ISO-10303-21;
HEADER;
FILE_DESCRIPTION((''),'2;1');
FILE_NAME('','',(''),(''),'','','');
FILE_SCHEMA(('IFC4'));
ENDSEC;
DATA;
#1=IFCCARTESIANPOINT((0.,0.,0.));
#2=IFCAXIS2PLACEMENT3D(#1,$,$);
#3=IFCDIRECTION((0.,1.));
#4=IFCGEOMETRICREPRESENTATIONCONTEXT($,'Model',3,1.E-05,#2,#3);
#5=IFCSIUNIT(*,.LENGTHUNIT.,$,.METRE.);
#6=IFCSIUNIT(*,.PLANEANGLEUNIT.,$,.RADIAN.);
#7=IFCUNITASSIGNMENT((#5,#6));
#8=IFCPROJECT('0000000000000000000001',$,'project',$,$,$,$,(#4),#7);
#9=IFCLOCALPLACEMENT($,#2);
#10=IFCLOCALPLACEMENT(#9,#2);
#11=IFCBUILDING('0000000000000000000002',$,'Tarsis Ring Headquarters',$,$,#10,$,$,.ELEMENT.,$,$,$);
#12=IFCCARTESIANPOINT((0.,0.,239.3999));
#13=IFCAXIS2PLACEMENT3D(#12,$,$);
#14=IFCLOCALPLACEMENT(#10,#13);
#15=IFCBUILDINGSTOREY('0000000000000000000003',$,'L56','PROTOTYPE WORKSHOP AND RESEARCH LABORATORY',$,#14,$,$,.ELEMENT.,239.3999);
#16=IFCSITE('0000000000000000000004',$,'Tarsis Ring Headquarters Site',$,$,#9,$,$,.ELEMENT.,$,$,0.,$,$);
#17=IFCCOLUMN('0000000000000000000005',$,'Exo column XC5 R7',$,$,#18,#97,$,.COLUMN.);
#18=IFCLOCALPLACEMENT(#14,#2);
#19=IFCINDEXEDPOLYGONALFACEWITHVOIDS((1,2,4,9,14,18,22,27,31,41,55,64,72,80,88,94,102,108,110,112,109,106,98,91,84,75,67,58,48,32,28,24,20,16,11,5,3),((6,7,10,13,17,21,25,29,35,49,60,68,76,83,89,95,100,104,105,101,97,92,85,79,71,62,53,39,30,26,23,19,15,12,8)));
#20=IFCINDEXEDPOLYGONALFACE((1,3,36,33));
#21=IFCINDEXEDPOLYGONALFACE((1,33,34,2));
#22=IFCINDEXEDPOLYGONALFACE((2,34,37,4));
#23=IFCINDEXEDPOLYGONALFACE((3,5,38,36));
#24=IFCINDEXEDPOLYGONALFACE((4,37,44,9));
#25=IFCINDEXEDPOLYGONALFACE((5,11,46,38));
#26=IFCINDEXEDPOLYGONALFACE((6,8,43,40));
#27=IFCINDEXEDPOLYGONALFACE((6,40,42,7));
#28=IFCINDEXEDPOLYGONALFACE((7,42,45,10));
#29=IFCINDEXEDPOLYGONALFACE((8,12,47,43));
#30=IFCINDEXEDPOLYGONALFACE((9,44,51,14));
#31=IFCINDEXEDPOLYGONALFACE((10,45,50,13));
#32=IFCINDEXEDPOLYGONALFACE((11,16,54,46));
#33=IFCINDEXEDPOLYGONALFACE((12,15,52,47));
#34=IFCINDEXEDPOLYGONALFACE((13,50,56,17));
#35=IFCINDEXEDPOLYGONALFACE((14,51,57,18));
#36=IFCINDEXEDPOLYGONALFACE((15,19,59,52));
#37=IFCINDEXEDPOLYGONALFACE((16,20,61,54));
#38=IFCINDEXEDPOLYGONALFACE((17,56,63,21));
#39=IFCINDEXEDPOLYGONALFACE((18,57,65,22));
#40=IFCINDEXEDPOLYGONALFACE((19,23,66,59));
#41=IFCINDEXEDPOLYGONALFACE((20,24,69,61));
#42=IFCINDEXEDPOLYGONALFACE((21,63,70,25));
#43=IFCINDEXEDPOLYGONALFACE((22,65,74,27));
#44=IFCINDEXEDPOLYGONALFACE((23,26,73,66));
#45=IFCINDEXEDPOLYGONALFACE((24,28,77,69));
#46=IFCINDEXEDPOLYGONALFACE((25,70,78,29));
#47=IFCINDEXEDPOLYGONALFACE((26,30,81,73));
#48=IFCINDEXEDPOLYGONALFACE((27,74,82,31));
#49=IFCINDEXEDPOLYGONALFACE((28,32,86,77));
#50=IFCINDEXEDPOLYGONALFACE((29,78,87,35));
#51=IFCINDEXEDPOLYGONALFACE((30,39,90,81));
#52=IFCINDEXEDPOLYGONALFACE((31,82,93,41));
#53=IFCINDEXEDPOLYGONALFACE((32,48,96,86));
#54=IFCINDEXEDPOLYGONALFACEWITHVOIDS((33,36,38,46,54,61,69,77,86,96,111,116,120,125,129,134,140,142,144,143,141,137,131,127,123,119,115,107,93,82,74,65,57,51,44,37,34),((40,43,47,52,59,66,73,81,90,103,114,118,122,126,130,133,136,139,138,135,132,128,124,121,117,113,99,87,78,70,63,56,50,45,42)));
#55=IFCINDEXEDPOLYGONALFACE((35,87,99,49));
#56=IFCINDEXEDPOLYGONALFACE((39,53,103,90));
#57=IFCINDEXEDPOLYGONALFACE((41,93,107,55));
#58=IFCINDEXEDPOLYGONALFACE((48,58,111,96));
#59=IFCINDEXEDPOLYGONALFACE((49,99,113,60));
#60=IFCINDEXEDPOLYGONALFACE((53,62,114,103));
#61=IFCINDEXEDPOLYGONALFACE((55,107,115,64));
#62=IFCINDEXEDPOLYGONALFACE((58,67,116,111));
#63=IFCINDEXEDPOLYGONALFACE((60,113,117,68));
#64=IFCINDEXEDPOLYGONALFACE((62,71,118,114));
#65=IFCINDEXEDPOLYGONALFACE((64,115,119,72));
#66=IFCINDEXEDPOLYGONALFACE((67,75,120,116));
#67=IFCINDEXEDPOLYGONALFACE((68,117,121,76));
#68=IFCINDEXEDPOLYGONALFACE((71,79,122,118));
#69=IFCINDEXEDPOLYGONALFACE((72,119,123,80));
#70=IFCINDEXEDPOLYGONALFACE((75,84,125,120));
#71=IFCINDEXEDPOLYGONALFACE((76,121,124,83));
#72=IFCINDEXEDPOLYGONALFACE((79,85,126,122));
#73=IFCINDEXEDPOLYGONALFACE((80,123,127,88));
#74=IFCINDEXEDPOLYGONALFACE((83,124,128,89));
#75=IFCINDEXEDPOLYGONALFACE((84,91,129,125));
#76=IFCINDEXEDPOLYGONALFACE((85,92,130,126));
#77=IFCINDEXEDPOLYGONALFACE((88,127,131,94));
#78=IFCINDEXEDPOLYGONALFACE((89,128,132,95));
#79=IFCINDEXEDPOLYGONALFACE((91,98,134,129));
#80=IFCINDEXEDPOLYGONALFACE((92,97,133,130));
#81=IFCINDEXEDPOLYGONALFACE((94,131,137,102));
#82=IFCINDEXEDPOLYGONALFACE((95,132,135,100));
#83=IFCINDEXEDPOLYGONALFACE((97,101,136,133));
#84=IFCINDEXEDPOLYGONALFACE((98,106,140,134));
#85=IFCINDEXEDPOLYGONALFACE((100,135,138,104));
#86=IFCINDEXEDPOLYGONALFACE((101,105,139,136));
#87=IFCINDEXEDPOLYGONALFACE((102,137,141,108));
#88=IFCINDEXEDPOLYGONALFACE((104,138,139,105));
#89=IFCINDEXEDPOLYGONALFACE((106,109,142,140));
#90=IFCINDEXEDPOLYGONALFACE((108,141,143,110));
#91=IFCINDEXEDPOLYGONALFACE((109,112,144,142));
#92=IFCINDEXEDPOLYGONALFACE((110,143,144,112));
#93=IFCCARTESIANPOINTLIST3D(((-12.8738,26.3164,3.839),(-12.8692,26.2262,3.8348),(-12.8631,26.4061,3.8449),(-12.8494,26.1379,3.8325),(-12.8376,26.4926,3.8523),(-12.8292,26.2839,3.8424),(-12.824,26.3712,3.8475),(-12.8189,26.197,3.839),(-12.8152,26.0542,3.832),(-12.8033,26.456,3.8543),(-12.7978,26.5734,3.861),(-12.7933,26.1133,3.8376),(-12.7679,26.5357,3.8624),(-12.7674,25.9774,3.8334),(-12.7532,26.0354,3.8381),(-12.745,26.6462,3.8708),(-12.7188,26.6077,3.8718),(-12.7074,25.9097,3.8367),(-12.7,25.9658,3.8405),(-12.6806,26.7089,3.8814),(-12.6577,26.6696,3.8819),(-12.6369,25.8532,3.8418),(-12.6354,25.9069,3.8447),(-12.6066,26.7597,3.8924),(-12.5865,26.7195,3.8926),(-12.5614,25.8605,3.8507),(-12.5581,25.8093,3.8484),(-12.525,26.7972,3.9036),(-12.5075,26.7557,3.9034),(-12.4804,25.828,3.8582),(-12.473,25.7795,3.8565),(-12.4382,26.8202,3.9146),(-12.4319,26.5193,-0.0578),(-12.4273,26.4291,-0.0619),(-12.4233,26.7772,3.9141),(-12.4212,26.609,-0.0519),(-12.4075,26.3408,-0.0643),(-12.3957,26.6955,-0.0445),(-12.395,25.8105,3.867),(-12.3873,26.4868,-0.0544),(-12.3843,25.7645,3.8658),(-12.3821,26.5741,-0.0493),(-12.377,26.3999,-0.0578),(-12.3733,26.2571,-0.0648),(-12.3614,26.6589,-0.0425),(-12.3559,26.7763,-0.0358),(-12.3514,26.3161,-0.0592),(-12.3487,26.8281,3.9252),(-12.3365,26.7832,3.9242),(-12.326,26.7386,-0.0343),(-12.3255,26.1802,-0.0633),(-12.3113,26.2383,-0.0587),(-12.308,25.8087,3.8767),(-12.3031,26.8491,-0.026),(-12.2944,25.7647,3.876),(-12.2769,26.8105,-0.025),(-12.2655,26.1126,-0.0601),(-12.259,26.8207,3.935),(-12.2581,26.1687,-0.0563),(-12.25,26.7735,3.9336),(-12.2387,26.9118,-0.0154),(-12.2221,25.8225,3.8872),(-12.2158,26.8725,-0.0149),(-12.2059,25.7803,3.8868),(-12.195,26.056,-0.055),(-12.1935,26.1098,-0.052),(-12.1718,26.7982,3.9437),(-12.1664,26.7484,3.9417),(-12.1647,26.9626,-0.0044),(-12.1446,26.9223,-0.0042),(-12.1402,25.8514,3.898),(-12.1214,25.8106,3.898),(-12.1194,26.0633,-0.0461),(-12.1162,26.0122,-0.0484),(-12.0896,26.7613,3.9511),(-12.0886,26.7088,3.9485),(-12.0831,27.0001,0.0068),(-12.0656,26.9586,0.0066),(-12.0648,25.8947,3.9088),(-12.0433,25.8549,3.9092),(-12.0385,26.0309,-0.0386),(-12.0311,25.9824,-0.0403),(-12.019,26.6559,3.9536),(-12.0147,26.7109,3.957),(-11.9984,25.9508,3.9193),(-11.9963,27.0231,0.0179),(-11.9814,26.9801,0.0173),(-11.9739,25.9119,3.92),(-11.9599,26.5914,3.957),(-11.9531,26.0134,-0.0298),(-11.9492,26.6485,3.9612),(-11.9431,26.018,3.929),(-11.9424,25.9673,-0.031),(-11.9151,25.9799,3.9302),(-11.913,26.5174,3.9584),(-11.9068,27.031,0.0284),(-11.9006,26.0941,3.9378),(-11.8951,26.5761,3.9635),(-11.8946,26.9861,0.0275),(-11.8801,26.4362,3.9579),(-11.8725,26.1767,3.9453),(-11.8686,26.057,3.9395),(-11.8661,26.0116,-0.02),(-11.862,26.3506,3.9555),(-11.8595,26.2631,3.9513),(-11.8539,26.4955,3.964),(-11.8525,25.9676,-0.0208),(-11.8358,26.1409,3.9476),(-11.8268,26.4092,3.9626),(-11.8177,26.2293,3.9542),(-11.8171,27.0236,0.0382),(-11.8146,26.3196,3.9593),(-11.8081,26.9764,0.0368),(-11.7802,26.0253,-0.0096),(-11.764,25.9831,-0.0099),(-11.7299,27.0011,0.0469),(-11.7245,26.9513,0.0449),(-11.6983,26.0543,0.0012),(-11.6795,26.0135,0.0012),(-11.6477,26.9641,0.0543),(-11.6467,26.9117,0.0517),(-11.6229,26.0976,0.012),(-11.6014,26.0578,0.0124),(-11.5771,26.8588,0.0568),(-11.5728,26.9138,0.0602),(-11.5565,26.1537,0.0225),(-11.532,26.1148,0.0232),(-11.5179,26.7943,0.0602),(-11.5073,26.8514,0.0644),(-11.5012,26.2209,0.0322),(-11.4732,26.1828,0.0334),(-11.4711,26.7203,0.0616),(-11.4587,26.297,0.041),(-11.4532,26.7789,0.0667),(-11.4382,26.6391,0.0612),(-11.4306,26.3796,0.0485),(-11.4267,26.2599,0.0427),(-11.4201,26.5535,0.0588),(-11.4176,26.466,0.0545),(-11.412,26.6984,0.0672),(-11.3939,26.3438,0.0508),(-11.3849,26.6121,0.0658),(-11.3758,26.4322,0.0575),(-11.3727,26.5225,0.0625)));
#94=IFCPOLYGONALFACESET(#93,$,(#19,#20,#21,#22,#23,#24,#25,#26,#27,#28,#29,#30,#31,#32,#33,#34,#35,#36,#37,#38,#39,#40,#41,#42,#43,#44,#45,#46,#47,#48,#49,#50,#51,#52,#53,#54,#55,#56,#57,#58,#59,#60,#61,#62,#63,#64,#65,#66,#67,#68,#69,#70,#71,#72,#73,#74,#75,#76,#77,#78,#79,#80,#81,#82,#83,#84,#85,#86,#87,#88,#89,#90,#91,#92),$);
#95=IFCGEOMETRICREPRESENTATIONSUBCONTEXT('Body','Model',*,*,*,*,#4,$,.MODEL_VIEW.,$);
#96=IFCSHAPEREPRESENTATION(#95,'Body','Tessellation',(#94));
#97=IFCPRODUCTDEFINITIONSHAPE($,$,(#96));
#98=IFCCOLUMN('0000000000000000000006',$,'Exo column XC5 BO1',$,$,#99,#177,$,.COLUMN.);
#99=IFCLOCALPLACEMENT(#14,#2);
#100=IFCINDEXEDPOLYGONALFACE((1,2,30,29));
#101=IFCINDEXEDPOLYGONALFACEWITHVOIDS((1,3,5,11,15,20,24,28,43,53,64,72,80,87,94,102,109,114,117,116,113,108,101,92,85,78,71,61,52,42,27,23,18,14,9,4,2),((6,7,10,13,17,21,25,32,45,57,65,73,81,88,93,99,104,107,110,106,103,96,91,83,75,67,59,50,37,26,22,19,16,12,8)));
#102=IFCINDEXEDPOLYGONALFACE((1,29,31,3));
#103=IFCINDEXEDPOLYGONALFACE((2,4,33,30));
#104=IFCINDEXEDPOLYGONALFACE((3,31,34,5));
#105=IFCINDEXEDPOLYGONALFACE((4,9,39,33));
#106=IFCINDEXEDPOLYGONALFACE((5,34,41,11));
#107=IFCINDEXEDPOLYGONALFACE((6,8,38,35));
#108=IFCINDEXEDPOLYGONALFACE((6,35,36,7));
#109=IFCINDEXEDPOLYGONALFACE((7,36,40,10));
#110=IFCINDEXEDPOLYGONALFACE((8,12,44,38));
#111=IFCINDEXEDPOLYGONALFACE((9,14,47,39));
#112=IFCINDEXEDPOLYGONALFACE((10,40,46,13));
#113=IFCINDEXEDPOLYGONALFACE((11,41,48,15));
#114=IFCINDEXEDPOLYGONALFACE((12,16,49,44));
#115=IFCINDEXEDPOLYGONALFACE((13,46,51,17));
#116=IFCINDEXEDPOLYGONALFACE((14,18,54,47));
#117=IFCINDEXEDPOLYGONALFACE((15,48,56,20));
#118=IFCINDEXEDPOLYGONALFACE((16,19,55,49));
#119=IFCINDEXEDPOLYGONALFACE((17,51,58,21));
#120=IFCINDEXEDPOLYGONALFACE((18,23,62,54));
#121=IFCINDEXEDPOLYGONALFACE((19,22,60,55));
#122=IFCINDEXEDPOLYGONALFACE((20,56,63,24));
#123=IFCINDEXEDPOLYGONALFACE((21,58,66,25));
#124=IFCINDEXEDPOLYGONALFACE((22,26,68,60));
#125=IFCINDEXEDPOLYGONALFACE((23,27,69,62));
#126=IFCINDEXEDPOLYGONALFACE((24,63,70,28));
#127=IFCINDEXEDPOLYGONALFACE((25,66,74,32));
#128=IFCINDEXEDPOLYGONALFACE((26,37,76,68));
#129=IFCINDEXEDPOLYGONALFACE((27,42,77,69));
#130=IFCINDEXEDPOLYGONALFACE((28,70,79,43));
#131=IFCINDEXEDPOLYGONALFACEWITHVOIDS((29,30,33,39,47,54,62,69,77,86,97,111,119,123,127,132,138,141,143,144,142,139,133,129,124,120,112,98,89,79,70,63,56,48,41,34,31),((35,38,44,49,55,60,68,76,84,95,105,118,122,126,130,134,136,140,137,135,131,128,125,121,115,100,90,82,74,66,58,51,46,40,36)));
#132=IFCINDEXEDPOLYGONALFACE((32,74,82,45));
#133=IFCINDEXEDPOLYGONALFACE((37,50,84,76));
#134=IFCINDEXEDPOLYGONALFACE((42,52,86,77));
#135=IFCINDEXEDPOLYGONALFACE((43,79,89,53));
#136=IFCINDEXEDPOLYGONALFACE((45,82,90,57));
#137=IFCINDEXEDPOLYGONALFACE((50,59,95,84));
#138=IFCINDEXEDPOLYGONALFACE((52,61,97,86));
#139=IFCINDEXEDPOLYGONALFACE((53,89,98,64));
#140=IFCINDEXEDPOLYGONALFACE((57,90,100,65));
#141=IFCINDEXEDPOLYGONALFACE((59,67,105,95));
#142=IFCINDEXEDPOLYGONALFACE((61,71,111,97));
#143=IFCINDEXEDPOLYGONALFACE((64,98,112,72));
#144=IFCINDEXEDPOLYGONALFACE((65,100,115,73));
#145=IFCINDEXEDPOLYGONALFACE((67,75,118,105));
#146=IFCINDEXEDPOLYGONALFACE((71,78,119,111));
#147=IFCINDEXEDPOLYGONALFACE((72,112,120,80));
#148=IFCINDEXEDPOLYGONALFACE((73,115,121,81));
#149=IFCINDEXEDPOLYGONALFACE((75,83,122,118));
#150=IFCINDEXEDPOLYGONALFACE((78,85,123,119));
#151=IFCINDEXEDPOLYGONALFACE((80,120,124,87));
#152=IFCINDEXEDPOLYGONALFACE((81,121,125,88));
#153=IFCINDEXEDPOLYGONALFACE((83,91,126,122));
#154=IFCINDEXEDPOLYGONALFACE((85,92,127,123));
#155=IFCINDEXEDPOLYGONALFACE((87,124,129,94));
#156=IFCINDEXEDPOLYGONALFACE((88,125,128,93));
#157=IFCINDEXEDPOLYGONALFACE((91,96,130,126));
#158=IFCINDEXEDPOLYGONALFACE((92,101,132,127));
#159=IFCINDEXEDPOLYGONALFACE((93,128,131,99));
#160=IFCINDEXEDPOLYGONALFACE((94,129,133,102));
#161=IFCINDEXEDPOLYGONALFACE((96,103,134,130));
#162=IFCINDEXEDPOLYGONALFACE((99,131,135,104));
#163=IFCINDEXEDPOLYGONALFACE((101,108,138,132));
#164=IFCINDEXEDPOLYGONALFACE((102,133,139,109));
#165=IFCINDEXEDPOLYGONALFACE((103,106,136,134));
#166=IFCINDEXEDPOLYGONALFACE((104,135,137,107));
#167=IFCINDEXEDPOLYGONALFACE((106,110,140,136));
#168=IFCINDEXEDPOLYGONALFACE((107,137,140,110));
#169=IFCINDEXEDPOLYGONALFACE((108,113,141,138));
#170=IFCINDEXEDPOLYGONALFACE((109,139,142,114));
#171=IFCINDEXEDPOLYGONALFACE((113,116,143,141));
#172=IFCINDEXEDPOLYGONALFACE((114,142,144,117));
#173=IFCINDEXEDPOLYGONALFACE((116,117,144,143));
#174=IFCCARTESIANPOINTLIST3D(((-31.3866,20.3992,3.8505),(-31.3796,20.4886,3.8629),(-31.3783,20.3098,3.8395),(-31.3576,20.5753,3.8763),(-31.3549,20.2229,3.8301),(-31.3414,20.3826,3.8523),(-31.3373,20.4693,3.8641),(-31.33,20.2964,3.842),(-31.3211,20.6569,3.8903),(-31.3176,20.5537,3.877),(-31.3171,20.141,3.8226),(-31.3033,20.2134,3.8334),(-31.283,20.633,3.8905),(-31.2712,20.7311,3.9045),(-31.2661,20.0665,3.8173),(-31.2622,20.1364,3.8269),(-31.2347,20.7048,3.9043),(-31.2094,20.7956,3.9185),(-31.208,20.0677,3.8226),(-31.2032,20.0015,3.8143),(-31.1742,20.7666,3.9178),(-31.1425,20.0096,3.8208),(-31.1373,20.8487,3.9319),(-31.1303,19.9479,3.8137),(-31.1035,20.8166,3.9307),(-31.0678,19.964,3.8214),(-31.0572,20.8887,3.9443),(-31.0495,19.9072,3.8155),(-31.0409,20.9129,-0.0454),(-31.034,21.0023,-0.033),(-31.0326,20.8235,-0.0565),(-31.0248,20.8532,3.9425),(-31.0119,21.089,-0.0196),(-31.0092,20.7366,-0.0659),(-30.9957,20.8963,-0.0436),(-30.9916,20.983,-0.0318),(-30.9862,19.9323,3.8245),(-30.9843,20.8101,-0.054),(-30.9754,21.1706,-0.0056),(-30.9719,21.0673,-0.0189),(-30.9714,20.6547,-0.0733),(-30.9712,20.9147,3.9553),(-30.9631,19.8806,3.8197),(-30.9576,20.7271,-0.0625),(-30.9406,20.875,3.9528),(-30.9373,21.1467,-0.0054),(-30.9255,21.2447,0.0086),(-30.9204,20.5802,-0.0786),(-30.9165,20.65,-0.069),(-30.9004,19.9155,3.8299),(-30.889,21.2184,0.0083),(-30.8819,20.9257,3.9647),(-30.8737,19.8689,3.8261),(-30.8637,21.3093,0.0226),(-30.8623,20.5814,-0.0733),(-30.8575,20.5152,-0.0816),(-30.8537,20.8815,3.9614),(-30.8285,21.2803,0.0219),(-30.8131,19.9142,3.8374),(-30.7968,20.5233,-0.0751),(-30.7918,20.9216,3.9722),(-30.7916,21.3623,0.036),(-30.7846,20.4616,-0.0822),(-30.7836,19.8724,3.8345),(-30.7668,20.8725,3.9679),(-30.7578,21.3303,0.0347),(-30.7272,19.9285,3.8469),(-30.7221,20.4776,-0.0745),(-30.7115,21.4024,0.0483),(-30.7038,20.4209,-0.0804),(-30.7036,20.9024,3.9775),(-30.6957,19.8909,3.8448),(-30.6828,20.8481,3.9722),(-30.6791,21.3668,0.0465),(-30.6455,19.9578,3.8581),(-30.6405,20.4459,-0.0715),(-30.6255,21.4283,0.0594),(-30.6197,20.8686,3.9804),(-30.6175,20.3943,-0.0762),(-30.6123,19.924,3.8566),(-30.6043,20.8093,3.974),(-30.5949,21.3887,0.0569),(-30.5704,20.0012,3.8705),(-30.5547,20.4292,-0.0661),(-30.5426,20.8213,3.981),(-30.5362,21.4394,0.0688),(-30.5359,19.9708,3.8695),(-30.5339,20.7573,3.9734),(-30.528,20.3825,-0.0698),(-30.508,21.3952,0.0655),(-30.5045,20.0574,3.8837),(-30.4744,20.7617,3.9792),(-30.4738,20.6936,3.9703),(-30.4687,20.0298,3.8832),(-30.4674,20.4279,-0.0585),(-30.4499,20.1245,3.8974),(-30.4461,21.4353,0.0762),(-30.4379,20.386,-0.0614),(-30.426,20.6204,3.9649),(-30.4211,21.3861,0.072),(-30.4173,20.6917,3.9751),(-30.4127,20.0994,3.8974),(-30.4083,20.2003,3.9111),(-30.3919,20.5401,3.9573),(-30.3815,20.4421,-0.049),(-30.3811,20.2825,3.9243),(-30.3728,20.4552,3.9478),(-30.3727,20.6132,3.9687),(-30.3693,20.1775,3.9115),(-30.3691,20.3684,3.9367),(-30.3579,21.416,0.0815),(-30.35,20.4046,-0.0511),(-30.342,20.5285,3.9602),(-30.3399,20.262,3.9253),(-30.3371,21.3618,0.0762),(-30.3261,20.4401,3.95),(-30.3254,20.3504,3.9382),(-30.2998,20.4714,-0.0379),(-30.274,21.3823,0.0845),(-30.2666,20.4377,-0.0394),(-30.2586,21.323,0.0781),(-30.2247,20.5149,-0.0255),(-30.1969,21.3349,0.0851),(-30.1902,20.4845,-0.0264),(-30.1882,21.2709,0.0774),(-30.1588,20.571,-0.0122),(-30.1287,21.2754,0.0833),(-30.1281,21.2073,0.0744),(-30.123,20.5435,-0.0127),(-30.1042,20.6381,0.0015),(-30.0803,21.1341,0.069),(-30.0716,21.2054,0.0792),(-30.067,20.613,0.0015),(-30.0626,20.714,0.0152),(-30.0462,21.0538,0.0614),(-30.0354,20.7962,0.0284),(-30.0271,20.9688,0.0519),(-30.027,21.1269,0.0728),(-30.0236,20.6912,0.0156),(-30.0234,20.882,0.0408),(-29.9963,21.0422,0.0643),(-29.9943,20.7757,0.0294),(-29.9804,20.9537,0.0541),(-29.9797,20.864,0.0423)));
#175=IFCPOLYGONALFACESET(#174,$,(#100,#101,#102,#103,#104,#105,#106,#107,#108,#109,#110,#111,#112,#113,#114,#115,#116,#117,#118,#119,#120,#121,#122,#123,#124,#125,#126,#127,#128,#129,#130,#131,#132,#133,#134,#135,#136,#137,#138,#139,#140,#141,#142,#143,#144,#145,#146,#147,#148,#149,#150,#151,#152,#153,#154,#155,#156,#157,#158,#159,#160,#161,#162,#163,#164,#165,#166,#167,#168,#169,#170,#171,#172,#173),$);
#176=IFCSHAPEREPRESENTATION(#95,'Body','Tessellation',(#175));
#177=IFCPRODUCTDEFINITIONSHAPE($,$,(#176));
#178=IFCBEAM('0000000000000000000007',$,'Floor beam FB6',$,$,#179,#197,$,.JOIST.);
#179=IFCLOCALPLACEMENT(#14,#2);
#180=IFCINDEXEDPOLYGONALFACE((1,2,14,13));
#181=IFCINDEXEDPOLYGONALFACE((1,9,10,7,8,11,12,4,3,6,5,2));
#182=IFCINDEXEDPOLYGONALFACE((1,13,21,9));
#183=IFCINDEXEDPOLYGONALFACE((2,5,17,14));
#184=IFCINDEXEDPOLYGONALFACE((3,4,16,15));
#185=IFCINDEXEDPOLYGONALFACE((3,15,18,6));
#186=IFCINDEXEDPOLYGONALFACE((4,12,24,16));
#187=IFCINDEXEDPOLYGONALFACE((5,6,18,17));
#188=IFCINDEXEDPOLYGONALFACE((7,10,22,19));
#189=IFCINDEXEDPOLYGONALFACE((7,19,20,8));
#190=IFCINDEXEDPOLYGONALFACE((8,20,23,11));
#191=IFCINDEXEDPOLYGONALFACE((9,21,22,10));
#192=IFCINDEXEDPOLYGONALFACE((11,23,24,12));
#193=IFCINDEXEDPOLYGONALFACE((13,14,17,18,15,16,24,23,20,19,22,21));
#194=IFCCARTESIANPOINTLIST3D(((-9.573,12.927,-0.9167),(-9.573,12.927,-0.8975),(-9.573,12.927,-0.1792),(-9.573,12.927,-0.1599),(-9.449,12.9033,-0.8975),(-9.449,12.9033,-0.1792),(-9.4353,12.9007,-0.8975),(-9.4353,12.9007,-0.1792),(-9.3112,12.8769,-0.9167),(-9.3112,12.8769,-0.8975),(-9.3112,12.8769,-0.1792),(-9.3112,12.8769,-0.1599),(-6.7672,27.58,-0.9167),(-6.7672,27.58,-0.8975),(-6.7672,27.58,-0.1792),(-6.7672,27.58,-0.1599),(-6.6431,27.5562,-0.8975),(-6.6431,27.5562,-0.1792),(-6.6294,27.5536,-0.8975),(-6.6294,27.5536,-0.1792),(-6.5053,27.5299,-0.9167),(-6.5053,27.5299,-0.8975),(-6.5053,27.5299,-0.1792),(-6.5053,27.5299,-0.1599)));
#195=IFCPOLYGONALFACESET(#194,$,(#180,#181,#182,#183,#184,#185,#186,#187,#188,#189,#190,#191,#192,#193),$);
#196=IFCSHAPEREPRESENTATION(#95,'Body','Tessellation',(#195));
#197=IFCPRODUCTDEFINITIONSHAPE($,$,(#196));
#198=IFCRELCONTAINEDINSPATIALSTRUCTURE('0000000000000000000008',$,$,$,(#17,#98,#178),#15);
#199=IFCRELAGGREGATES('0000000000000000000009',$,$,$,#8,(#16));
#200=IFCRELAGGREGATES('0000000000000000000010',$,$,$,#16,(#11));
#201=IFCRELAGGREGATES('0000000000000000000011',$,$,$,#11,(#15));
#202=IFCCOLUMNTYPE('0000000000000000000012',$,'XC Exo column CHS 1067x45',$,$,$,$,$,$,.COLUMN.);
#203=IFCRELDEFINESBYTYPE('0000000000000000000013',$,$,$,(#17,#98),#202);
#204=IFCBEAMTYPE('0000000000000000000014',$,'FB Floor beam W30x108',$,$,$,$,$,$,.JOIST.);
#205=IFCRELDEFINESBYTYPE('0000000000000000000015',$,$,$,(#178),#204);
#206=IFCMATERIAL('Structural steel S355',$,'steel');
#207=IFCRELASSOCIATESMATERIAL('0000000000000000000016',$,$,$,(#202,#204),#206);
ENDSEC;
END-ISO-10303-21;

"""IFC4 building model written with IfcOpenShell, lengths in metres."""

from ifc_helpers import new_model, si_unit, direction, frame, origin, origin_2d, place, context, subcontext, project, spatial, hollow_circle, i_section, extrude, material, material_profile, profile_set, type_object, element, save


model = new_model("IFC4")

# Units and contexts
model_context = context("Model", 3, precision=1e-05, world=origin(), true_north=direction((0.0, 1.0)))
body_context = subcontext(model_context, "Body", "Model", "MODEL_VIEW")
ifc_project = project(units=[si_unit("LENGTHUNIT", "METRE"), si_unit("PLANEANGLEUNIT", "RADIAN")], contexts=[model_context])

# Site, building, storey
site_placement = place(None, origin())
site = spatial("IfcSite", under=ifc_project, at=site_placement, Name="Tarsis Ring Headquarters Site", CompositionType="ELEMENT", RefElevation=0.0)
building_placement = place(site_placement, origin())
building = spatial("IfcBuilding", under=site, at=building_placement, Name="Tarsis Ring Headquarters", CompositionType="ELEMENT")
storey_placement = place(building_placement, frame((0.0, 0.0, 239.3999)))
storey = spatial("IfcBuildingStorey", under=building, at=storey_placement, Name="L56", Description="PROTOTYPE WORKSHOP AND RESEARCH LABORATORY", CompositionType="ELEMENT", Elevation=239.3999)

# Columns
ifc_material_1 = material(Name="Structural steel S355", Category="steel")
ifc_material_profile_1 = material_profile(ifc_material_1, hollow_circle(Radius=0.5334, WallThickness=0.0449, at=origin_2d()), Name="CHS 1067x45")
ifc_profile_set_1 = profile_set([ifc_material_profile_1], Name="Structural steel S355")
column_type = type_object("IfcColumnType", Name="XC Exo column CHS 1067x45", PredefinedType="COLUMN", material=ifc_profile_set_1)
column_1_placement = place(storey_placement, frame((-11.9021, 26.4983, 0.0012), z_axis=(-0.112529, -0.051664, 0.992304), x_axis=(0.417242, -0.908795, 0.0)))
element("IfcColumn", 1, at=column_1_placement, inside=storey, type_object=column_type, Name="Exo column XC5 R7", PredefinedType="COLUMN", context=body_context, shape_type="SweptSolid", body=[
    extrude(hollow_circle(Radius=0.5334, WallThickness=0.0449, at=origin_2d()), origin(), (0.0, 0.0, 1.0), 3.927),
])
column_2_placement = place(storey_placement, frame((-30.5095, 20.9109, 0.0015), z_axis=(-0.087633, -0.130212, 0.987606), x_axis=(0.829616, -0.558335, 0.0)))
element("IfcColumn", 2, at=column_2_placement, inside=storey, type_object=column_type, Name="Exo column XC5 BO1", PredefinedType="COLUMN", context=body_context, shape_type="SweptSolid", body=[
    extrude(hollow_circle(Radius=0.5334, WallThickness=0.0449, at=origin_2d()), origin(), (0.0, 0.0, 1.0), 3.9448),
])

# Beam
ifc_material_profile_2 = material_profile(ifc_material_1, i_section(OverallWidth=0.2666, OverallDepth=0.7568, WebThickness=0.0139, FlangeThickness=0.0193, at=origin_2d()), Name="W30x108")
ifc_profile_set_2 = profile_set([ifc_material_profile_2], Name="Structural steel S355")
beam_type_1 = type_object("IfcBeamType", Name="FB Floor beam W30x108", PredefinedType="JOIST", material=ifc_profile_set_2)
beam_1_placement = place(storey_placement, frame((-6.6362, 27.5549, -0.5383), z_axis=(-0.188072, -0.982155, 0.0), x_axis=(0.982155, -0.188072, 0.0)))
element("IfcBeam", 3, at=beam_1_placement, inside=storey, type_object=beam_type_1, Name="Floor beam FB6", PredefinedType="JOIST", context=body_context, shape_type="SweptSolid", body=[
    extrude(i_section(OverallWidth=0.2666, OverallDepth=0.7568, WebThickness=0.0139, FlangeThickness=0.0193, at=origin_2d()), origin(), (0.0, 0.0, 1.0), 14.9192),
])

save(model, "model.ifc")
